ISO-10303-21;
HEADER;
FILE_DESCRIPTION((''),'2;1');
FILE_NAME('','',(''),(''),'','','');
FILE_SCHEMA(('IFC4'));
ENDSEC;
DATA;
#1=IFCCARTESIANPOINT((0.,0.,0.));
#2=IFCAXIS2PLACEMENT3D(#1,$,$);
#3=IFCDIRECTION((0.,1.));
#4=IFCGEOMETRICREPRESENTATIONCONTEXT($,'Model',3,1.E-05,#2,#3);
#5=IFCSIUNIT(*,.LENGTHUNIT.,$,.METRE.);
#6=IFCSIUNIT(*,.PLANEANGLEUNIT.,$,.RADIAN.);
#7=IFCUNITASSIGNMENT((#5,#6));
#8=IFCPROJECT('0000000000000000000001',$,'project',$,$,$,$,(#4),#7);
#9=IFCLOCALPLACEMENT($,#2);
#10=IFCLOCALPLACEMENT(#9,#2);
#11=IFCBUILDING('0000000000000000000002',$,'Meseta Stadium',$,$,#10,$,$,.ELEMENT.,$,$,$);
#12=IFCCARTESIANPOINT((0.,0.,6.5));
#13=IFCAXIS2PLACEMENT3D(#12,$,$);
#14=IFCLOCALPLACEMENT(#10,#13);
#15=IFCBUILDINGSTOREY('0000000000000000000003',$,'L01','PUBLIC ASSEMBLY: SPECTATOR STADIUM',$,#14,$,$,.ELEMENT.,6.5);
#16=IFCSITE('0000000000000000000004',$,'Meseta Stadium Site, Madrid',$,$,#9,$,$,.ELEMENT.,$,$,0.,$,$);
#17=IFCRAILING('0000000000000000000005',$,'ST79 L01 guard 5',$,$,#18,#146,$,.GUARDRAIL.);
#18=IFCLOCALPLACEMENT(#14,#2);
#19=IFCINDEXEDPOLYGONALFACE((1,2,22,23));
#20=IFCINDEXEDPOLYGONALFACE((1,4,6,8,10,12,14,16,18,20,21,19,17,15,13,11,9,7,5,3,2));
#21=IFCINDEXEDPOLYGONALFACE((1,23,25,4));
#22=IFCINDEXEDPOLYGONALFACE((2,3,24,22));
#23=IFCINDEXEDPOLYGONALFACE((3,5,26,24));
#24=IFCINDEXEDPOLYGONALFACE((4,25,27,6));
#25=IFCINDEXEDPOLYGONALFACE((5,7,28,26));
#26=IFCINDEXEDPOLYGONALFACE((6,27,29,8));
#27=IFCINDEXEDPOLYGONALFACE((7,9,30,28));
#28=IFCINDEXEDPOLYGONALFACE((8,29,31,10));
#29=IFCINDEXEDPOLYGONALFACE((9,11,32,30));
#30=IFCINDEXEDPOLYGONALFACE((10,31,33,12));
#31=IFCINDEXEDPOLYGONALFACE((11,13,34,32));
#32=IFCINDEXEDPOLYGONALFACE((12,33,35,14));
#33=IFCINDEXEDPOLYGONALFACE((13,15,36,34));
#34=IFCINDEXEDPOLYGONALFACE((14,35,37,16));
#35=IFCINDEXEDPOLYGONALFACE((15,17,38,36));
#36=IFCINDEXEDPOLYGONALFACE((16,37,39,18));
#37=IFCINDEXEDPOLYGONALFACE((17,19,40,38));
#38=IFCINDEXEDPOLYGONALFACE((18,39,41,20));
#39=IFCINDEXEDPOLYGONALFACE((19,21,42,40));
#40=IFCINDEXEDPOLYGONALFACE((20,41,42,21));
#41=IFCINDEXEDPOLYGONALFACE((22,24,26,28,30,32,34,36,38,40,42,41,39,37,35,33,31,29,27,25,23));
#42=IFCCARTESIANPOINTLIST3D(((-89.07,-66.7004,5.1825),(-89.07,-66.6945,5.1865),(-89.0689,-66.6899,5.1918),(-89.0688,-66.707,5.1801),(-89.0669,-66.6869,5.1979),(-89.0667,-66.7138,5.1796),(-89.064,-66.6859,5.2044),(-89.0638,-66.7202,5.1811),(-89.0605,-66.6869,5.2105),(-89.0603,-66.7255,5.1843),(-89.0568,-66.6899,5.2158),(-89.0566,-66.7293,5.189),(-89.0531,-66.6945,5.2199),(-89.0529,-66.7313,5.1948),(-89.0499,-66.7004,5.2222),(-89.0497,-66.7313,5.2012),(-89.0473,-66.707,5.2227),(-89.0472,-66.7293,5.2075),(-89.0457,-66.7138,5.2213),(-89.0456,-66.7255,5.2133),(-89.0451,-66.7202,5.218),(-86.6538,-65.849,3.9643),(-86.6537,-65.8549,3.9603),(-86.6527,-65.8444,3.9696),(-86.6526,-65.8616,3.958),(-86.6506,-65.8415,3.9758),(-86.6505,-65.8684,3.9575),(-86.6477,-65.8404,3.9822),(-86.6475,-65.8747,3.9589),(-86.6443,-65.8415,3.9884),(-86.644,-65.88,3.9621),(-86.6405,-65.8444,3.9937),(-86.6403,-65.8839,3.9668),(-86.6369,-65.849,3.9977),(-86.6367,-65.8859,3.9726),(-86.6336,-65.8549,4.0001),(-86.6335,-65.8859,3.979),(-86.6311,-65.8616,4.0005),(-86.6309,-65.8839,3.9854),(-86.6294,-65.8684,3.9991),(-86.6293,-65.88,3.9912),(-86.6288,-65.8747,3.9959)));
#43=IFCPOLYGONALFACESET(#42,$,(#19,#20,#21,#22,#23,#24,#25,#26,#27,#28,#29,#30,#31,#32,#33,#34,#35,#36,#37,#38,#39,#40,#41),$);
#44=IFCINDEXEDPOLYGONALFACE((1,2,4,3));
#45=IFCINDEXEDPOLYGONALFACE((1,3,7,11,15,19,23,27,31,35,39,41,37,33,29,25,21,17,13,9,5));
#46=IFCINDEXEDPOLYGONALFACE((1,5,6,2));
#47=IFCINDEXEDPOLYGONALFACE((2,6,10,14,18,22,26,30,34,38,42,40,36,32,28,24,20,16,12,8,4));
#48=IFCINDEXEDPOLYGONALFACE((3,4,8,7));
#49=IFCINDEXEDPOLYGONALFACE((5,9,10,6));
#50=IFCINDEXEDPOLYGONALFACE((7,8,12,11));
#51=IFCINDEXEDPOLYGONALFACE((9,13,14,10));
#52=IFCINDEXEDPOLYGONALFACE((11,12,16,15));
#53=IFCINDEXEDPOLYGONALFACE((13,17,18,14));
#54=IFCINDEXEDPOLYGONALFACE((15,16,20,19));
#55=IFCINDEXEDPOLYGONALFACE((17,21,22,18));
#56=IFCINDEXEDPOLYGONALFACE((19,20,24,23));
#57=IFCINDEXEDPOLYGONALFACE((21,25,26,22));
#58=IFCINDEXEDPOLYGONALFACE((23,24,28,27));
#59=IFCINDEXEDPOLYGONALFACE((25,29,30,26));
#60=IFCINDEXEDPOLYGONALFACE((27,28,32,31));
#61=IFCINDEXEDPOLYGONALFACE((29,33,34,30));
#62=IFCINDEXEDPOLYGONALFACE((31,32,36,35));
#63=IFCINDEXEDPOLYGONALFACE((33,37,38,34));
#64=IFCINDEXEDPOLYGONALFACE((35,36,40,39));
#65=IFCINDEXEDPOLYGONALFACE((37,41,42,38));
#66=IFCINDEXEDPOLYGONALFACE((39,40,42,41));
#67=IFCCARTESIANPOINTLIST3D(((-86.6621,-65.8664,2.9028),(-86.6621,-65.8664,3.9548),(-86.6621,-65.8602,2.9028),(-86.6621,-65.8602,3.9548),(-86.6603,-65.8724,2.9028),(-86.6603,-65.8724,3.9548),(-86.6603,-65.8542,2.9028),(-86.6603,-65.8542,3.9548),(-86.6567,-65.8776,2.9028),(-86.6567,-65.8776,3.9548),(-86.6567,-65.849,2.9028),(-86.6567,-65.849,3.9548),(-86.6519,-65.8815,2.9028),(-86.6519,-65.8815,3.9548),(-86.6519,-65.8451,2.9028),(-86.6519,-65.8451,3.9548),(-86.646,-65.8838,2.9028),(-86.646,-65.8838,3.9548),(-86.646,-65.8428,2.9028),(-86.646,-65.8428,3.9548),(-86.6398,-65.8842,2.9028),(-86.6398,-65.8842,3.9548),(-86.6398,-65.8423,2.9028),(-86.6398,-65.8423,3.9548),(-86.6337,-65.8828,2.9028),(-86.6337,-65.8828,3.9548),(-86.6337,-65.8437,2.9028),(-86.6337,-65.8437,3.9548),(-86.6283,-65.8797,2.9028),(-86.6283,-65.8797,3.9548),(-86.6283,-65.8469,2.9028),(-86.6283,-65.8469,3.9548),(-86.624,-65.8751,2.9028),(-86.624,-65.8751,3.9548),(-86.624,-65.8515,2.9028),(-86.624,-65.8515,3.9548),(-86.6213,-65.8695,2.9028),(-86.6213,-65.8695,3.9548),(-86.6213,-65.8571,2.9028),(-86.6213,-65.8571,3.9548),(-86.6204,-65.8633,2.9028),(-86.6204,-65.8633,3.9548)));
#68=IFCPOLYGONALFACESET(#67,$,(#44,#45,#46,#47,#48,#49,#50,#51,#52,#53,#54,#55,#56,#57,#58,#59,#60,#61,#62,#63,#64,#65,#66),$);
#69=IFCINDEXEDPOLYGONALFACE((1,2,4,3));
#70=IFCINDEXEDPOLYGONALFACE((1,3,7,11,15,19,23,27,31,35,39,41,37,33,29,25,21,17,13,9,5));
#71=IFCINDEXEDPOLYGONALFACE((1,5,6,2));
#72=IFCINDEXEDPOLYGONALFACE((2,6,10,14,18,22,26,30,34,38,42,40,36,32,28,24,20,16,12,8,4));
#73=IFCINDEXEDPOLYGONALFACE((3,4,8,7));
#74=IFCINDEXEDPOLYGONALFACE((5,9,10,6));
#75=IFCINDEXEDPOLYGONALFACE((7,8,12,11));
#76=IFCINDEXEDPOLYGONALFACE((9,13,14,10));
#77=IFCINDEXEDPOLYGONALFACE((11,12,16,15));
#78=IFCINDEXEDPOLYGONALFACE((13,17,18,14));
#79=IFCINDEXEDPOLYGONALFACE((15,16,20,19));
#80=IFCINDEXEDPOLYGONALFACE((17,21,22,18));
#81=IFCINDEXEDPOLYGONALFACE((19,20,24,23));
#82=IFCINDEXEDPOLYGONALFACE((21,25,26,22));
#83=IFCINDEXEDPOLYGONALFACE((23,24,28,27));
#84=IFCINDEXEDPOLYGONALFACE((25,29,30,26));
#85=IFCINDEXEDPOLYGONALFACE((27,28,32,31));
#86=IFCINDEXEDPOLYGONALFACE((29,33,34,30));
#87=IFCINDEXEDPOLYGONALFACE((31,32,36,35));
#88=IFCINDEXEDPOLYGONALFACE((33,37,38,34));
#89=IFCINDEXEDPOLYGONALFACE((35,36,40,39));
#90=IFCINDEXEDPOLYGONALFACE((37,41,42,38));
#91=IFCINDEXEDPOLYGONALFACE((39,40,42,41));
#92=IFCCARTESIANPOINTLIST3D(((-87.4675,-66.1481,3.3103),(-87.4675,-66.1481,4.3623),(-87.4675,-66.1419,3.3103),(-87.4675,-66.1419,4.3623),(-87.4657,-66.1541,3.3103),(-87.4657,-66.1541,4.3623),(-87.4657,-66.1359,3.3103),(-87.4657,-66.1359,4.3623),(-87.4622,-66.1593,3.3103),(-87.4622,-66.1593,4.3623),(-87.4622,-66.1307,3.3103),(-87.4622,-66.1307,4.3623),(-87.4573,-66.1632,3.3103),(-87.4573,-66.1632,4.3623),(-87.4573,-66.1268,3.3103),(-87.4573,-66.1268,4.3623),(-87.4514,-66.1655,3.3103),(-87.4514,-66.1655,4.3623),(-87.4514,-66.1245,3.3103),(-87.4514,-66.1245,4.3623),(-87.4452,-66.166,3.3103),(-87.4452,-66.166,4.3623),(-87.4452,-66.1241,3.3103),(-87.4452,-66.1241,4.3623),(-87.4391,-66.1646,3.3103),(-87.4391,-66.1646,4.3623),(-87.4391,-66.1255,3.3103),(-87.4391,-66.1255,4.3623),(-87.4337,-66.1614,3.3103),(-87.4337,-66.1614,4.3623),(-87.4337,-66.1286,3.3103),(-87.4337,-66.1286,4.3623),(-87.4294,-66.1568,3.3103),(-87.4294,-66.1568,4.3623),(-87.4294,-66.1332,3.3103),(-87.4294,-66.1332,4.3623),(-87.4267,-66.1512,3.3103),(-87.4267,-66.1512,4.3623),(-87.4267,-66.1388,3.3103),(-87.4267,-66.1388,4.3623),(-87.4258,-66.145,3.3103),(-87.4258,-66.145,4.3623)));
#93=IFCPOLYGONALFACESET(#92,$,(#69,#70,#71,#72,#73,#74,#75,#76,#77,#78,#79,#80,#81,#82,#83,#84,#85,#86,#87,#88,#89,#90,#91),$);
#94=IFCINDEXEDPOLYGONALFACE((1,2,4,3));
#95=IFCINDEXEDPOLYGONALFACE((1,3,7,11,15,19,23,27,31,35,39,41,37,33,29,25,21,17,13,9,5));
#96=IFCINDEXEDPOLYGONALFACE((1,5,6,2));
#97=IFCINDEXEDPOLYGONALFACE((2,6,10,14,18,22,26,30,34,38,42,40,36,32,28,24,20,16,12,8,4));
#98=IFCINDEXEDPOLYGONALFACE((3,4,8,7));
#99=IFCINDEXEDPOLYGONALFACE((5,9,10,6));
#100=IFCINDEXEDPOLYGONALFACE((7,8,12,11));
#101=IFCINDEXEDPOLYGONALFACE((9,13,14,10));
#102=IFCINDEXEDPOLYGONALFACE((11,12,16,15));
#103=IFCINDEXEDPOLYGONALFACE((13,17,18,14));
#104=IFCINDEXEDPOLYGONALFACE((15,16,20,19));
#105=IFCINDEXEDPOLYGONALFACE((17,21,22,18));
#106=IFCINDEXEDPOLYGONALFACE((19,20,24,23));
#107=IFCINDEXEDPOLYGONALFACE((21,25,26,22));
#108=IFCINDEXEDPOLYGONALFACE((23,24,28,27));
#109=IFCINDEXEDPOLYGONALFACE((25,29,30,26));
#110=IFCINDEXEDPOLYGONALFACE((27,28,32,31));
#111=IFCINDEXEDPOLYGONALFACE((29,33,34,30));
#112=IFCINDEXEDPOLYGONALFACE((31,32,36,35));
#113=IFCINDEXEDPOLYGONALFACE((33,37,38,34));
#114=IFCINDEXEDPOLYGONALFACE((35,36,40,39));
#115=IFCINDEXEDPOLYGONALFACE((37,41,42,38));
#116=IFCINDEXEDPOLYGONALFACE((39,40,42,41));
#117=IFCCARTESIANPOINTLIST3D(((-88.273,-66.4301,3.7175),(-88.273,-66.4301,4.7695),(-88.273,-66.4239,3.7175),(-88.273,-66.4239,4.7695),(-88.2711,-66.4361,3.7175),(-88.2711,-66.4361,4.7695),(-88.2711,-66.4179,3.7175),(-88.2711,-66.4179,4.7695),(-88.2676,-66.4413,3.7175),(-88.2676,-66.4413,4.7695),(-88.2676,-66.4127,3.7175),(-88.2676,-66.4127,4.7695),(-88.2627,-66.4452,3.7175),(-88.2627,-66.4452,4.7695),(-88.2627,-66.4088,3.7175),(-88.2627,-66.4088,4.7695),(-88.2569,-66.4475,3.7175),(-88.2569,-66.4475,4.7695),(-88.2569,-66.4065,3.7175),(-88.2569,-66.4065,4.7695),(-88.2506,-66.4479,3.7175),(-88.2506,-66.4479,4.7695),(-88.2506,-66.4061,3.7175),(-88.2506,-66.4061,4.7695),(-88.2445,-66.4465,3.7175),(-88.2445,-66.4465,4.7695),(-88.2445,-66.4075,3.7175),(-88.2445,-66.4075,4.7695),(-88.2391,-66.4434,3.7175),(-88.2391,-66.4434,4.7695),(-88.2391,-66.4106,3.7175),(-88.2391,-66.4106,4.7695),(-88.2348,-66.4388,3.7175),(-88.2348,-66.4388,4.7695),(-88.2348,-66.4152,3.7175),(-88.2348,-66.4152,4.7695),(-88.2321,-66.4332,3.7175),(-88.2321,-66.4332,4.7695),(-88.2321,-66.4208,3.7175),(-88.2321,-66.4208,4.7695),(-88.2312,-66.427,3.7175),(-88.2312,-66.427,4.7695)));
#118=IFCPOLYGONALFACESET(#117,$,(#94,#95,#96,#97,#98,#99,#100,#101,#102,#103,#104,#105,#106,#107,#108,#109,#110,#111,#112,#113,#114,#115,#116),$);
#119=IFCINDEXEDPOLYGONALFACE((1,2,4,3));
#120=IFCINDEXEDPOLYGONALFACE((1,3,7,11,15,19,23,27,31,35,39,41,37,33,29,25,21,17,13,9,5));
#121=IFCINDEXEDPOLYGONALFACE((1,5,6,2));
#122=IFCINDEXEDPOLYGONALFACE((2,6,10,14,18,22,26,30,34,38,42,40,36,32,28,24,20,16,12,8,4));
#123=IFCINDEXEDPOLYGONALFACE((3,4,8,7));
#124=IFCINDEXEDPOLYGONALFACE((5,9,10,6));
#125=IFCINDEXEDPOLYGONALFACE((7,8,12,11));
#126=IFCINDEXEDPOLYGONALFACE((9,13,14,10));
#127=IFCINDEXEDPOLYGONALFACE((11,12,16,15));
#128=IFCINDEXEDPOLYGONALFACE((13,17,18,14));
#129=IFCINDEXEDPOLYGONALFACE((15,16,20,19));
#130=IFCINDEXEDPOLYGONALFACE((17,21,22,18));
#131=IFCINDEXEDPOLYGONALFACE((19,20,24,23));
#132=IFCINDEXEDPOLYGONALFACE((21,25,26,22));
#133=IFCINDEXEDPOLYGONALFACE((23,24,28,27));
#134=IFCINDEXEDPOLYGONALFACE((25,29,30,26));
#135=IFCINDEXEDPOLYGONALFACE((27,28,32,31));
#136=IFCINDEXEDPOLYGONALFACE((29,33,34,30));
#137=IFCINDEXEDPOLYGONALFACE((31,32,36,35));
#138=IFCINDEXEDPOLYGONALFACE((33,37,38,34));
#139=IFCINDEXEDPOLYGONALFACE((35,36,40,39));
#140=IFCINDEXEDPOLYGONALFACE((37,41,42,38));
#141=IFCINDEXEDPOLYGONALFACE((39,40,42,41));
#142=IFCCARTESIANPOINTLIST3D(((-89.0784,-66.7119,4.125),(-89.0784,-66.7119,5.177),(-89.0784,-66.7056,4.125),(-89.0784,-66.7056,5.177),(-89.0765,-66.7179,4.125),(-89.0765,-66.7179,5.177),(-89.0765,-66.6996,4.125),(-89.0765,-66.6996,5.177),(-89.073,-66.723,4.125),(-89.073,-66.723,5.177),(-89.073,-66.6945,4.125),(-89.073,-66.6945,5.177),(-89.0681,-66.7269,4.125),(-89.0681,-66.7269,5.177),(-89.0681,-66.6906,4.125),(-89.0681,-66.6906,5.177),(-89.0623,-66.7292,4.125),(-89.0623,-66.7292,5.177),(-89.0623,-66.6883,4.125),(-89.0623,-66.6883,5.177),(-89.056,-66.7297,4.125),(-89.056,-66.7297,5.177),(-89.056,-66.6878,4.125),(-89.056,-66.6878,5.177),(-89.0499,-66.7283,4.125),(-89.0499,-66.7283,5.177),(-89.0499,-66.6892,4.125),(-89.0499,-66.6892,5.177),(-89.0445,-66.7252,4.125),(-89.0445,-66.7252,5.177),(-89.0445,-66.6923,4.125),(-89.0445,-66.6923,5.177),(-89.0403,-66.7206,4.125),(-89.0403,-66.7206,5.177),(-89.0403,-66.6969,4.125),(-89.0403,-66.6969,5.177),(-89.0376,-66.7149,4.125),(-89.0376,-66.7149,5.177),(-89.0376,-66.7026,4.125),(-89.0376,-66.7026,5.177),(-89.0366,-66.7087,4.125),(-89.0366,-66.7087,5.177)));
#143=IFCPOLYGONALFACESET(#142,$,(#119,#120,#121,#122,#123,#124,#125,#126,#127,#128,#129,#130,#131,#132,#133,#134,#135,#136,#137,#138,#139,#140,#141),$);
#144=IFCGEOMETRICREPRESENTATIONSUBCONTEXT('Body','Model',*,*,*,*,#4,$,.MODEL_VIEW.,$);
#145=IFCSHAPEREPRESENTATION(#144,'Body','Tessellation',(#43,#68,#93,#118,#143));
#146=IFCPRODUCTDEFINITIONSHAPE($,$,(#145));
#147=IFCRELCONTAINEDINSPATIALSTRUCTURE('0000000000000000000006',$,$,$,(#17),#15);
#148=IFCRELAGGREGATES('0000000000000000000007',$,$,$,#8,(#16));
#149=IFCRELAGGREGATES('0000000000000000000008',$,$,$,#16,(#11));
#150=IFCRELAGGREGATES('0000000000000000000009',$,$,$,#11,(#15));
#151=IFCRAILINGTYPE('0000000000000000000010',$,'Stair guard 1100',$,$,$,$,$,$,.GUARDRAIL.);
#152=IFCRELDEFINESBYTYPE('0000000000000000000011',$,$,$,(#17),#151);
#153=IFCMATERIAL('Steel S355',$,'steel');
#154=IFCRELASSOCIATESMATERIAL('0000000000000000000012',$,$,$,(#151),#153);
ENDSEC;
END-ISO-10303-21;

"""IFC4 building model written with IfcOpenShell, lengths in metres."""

from ifc_helpers import new_model, si_unit, direction, frame, origin, origin_2d, place, context, subcontext, project, spatial, circle, extrude, material, type_object, element, save


model = new_model("IFC4")

# Units and contexts
model_context = context("Model", 3, precision=1e-05, world=origin(), true_north=direction((0.0, 1.0)))
body_context = subcontext(model_context, "Body", "Model", "MODEL_VIEW")
ifc_project = project(units=[si_unit("LENGTHUNIT", "METRE"), si_unit("PLANEANGLEUNIT", "RADIAN")], contexts=[model_context])

# Site, building, storey
site_placement = place(None, origin())
site = spatial("IfcSite", under=ifc_project, at=site_placement, Name="Meseta Stadium Site, Madrid", CompositionType="ELEMENT", RefElevation=0.0)
building_placement = place(site_placement, origin())
building = spatial("IfcBuilding", under=site, at=building_placement, Name="Meseta Stadium", CompositionType="ELEMENT")
storey_placement = place(building_placement, frame((0.0, 0.0, 6.5)))
storey = spatial("IfcBuildingStorey", under=building, at=storey_placement, Name="L01", Description="PUBLIC ASSEMBLY: SPECTATOR STADIUM", CompositionType="ELEMENT", Elevation=6.5)

# Railing
ifc_material_1 = material(Name="Steel S355", Category="steel")
railing_type_1 = type_object("IfcRailingType", Name="Stair guard 1100", PredefinedType="GUARDRAIL", material=ifc_material_1)
railing_1_placement = place(storey_placement, frame((-86.6414, -65.8633, 2.9028)))
element("IfcRailing", 1, at=railing_1_placement, inside=storey, type_object=railing_type_1, Name="ST79 L01 guard 5", PredefinedType="GUARDRAIL", context=body_context, shape_type="SweptSolid", body=[
    extrude(circle(Radius=0.0239, at=origin_2d()), frame((0.0, 0.0, 1.0762), z_axis=(-0.851789, -0.298044, 0.430843), x_axis=(0.33027, -0.943887, 0.0)), (0.0, 0.0, 1.0), 2.8367),
    extrude(circle(Radius=0.021, at=origin_2d()), origin(), (0.0, 0.0, 1.0), 1.052),
    extrude(circle(Radius=0.021, at=origin_2d()), frame((-0.8054, -0.2817, 0.4075)), (0.0, 0.0, 1.0), 1.052),
    extrude(circle(Radius=0.021, at=origin_2d()), frame((-1.6108, -0.5637, 0.8147)), (0.0, 0.0, 1.0), 1.052),
    extrude(circle(Radius=0.021, at=origin_2d()), frame((-2.4163, -0.8455, 1.2222)), (0.0, 0.0, 1.0), 1.052),
])

save(model, "model.ifc")
